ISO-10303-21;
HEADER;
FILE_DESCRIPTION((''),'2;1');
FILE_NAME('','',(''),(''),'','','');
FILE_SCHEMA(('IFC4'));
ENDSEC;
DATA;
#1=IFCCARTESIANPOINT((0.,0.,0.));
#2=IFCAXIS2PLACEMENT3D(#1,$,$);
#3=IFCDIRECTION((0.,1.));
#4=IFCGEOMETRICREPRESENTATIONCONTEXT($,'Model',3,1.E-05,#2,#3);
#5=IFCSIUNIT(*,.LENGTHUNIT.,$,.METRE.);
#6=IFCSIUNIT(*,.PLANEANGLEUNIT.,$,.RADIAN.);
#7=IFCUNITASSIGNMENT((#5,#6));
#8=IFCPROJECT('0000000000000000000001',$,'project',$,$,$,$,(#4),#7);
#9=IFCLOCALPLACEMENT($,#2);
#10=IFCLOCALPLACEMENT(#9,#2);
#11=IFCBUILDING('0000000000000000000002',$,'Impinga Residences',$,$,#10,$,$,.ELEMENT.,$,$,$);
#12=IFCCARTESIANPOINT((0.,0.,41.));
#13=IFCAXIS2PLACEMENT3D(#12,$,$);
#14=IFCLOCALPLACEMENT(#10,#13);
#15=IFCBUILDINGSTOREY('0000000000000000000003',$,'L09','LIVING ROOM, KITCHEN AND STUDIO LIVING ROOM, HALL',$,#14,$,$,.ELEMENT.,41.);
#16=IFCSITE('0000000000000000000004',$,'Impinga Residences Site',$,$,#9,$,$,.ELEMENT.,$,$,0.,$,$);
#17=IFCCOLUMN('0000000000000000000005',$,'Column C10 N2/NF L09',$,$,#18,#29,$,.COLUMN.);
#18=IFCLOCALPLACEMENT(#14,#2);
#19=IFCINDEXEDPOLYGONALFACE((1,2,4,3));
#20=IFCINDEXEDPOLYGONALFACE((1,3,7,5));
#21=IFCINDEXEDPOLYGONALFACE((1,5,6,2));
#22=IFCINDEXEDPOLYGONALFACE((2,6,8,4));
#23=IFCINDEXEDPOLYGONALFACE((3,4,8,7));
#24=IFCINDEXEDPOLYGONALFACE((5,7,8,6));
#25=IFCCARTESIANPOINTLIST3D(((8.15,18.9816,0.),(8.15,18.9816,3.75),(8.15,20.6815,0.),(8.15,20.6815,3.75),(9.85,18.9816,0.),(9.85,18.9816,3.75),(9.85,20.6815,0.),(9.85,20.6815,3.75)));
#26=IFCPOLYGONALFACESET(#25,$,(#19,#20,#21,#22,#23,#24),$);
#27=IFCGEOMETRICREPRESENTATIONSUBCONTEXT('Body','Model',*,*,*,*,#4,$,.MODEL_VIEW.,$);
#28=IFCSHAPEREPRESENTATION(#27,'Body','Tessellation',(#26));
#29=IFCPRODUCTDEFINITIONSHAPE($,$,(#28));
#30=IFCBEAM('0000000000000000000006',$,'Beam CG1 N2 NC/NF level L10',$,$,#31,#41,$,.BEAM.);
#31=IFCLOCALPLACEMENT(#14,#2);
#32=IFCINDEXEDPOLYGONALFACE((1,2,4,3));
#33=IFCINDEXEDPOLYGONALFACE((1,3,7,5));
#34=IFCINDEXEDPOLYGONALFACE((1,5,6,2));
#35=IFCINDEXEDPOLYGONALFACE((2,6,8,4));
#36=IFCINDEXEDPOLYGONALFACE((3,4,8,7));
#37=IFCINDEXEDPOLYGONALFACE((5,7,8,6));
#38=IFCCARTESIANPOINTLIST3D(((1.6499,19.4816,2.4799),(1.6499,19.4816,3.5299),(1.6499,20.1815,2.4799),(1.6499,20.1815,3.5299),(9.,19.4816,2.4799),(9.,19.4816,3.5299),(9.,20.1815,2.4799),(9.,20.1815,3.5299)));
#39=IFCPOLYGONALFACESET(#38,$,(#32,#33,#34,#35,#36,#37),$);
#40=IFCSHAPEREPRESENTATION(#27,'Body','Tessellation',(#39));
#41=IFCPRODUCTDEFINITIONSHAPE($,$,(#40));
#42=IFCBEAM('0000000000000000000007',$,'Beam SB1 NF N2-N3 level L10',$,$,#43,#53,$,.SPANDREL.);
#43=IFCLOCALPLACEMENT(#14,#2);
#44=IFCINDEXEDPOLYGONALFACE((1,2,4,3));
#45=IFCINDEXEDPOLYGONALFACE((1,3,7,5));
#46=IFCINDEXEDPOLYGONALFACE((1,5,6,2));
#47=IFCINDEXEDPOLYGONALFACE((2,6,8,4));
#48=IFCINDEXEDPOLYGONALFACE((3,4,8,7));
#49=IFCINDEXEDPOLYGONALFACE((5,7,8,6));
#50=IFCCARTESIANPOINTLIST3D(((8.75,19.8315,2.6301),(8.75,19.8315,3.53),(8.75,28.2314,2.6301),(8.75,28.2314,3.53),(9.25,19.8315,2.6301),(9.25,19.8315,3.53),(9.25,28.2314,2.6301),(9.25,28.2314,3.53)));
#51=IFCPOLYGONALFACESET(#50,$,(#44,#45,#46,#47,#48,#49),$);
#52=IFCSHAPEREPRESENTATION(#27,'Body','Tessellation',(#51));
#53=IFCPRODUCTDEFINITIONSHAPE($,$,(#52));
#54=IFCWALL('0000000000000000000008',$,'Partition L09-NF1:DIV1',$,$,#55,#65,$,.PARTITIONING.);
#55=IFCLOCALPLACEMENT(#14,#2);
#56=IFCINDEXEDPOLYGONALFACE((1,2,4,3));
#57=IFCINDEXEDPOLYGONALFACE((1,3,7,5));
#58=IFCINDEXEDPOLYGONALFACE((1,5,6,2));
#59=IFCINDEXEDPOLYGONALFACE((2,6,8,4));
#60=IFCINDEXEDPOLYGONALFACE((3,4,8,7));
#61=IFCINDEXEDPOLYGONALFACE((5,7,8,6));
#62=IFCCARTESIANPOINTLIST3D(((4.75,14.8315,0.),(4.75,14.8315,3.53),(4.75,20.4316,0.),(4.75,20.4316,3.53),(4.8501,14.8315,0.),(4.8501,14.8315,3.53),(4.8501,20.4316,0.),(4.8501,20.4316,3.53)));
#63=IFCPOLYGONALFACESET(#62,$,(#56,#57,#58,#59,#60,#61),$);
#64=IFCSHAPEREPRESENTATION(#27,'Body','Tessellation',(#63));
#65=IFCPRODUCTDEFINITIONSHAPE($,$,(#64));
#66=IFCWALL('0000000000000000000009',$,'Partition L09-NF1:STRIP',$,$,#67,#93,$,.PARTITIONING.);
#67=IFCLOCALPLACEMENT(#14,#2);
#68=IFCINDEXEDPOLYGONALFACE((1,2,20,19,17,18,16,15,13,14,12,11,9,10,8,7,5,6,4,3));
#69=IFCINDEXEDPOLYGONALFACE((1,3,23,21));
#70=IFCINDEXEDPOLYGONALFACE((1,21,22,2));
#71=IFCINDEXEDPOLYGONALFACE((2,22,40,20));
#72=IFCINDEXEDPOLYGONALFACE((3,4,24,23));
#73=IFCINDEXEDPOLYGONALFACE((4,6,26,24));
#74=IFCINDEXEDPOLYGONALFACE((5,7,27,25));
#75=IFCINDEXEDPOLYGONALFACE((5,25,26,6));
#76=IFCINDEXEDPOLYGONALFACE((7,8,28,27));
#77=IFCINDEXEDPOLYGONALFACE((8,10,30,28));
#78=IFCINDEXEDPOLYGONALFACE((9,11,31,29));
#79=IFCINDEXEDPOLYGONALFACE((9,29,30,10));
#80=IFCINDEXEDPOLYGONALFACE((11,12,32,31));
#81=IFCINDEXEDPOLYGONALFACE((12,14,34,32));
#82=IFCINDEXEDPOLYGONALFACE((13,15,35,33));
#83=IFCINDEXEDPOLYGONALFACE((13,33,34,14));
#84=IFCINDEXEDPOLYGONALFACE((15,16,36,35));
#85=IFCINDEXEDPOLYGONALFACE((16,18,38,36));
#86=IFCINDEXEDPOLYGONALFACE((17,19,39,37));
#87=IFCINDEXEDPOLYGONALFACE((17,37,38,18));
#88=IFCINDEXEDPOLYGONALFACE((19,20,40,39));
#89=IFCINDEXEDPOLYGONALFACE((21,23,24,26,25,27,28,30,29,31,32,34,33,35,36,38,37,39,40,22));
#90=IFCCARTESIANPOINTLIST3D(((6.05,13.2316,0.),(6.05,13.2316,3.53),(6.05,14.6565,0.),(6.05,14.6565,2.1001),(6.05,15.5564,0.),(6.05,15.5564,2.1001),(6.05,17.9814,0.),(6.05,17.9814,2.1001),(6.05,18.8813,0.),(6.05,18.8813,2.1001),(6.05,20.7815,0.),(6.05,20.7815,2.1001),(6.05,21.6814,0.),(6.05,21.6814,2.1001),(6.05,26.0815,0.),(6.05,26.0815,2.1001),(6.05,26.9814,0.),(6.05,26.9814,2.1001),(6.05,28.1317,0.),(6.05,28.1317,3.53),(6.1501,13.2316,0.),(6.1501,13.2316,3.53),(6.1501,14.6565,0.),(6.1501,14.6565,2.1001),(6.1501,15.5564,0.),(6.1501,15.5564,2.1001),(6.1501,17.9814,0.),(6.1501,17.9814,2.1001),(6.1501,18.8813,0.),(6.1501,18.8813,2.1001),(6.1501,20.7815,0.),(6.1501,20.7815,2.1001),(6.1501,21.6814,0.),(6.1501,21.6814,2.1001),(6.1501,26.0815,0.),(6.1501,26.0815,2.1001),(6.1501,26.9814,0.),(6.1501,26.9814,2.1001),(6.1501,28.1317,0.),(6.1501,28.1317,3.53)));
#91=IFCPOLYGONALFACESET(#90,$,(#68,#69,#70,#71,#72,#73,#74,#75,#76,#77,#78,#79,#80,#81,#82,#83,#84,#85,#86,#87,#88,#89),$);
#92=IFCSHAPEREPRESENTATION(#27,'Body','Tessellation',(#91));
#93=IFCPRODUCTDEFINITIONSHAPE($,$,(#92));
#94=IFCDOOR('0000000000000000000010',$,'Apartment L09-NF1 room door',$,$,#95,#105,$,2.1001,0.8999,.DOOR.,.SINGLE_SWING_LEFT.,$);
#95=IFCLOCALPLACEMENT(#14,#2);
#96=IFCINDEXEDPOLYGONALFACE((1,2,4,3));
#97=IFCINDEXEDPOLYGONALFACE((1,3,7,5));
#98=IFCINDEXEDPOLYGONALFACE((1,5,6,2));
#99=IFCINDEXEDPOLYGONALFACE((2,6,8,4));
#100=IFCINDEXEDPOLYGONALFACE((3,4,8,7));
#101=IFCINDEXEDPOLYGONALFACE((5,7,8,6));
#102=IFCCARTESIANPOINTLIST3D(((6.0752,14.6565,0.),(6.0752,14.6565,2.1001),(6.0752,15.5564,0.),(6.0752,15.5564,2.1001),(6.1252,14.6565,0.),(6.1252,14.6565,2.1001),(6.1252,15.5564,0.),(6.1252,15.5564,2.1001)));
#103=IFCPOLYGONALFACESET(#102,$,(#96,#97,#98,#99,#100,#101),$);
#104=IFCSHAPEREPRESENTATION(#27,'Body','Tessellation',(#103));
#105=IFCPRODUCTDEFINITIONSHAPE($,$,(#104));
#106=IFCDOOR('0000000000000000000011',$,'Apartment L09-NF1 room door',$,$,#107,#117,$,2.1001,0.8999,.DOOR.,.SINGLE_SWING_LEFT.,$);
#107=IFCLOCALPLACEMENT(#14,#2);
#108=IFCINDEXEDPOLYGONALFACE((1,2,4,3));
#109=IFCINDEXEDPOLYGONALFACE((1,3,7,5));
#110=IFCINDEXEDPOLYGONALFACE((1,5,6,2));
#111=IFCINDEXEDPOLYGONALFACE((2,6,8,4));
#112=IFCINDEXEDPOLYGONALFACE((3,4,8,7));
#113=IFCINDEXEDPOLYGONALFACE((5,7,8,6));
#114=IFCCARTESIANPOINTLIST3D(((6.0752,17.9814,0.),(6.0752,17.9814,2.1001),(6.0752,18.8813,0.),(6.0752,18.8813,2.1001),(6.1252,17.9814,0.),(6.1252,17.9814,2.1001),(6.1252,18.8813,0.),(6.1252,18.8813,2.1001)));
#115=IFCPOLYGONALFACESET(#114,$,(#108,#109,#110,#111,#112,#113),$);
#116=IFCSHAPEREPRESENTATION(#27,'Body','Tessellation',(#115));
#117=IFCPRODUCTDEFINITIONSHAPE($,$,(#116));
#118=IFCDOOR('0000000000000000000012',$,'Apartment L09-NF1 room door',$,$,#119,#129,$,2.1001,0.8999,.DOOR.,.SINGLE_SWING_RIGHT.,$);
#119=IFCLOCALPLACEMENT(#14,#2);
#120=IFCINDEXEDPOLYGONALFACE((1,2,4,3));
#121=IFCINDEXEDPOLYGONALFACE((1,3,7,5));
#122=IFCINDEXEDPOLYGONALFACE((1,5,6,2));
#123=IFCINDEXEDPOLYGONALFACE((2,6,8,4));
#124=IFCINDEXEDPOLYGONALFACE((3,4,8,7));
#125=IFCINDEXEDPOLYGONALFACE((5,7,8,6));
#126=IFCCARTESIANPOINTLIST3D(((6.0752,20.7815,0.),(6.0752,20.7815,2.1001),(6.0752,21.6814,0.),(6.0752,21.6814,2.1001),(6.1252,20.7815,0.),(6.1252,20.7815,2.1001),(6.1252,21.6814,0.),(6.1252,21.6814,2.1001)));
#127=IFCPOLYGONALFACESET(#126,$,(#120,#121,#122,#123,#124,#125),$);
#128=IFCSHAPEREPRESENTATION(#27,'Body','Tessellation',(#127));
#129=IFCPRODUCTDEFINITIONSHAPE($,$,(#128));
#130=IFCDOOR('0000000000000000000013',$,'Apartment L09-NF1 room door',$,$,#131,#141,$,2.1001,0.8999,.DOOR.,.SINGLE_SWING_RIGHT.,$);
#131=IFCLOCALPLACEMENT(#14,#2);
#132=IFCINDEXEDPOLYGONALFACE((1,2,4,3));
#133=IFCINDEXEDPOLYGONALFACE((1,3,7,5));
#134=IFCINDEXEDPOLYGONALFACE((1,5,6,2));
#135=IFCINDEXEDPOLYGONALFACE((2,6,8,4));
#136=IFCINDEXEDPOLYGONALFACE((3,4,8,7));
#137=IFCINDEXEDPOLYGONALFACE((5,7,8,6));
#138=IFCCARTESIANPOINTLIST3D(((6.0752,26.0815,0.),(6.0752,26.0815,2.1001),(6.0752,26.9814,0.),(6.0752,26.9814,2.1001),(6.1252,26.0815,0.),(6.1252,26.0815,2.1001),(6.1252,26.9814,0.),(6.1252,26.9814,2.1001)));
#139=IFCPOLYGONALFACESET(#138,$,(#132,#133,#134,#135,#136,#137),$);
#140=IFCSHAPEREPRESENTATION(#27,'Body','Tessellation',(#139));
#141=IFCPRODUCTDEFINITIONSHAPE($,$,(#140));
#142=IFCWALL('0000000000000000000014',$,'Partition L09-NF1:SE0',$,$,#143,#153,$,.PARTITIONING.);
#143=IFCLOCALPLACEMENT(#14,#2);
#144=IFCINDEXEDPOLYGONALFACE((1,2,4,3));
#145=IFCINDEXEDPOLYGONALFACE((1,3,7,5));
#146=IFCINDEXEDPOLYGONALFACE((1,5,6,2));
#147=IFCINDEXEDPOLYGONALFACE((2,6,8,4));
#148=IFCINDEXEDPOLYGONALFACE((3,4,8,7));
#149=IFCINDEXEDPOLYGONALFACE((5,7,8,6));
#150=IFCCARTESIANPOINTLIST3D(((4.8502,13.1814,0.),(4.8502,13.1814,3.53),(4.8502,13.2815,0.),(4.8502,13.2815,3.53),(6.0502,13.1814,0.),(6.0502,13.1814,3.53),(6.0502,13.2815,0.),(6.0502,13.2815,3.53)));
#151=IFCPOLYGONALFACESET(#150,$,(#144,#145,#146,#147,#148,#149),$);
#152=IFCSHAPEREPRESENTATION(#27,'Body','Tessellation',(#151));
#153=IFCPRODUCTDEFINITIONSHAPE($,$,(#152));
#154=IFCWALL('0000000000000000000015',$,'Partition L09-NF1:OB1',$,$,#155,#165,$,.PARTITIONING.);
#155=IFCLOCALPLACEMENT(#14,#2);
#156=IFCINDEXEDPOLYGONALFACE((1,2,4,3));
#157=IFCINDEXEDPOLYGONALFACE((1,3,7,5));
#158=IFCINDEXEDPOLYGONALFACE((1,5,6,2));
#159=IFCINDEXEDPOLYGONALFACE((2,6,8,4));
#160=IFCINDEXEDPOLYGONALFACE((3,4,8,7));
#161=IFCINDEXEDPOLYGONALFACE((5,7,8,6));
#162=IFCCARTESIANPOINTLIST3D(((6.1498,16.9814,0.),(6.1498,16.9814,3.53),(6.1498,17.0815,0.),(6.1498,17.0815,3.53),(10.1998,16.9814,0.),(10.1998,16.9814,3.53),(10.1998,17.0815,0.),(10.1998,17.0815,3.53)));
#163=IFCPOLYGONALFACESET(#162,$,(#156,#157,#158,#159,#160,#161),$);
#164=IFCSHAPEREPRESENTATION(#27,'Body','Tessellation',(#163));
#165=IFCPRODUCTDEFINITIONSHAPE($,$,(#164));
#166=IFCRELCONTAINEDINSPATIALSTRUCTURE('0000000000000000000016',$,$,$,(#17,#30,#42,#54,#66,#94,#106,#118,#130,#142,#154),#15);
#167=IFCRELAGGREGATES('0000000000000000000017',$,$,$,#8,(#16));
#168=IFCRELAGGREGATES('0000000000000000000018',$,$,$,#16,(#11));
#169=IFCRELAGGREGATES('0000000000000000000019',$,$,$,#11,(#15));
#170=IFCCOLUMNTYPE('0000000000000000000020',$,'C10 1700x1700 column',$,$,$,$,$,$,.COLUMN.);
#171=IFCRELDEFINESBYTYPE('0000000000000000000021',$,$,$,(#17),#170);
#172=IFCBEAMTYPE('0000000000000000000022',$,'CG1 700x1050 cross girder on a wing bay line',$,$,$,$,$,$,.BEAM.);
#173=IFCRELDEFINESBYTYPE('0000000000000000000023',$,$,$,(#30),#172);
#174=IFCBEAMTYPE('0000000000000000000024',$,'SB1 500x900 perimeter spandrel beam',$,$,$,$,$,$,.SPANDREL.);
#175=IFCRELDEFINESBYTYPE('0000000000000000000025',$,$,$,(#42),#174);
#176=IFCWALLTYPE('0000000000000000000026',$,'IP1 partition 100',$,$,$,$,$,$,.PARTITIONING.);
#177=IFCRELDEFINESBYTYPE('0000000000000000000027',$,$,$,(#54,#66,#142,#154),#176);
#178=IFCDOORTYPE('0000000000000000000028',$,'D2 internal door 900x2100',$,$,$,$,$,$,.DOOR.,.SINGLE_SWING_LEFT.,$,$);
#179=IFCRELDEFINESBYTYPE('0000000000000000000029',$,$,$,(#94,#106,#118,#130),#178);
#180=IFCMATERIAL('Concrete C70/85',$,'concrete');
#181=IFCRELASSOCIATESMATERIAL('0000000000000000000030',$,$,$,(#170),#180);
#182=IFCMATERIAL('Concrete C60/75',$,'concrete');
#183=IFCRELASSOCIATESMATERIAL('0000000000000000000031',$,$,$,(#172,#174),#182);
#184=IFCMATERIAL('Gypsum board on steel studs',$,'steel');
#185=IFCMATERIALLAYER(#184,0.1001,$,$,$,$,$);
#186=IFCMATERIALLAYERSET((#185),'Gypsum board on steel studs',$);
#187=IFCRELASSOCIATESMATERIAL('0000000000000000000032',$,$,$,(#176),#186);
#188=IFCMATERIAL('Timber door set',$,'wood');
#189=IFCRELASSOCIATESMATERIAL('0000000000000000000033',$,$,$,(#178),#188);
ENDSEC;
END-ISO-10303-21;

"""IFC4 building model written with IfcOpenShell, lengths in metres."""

from ifc_helpers import new_model, si_unit, direction, frame, frame_2d, origin, origin_2d, place, context, subcontext, project, spatial, rectangle, extrude, material, layer, layer_set, material_profile, profile_set, type_object, element, fill, save


model = new_model("IFC4")

# Units and contexts
model_context = context("Model", 3, precision=1e-05, world=origin(), true_north=direction((0.0, 1.0)))
body_context = subcontext(model_context, "Body", "Model", "MODEL_VIEW")
ifc_project = project(units=[si_unit("LENGTHUNIT", "METRE"), si_unit("PLANEANGLEUNIT", "RADIAN")], contexts=[model_context])

# Site, building, storey
site_placement = place(None, origin())
site = spatial("IfcSite", under=ifc_project, at=site_placement, Name="Impinga Residences Site", CompositionType="ELEMENT", RefElevation=0.0)
building_placement = place(site_placement, origin())
building = spatial("IfcBuilding", under=site, at=building_placement, Name="Impinga Residences", CompositionType="ELEMENT")
storey_placement = place(building_placement, frame((0.0, 0.0, 41.0)))
storey = spatial("IfcBuildingStorey", under=building, at=storey_placement, Name="L09", Description="LIVING ROOM, KITCHEN AND STUDIO LIVING ROOM, HALL", CompositionType="ELEMENT", Elevation=41.0)

# Column
ifc_material_1 = material(Name="Concrete C70/85", Category="concrete")
ifc_material_profile_1 = material_profile(ifc_material_1, rectangle(XDim=1.7, YDim=1.7, at=origin_2d()), Name="RC 1700x1700")
ifc_profile_set_1 = profile_set([ifc_material_profile_1], Name="Concrete C70/85")
column_type = type_object("IfcColumnType", Name="C10 1700x1700 column", PredefinedType="COLUMN", material=ifc_profile_set_1)
column_placement = place(storey_placement, frame((9.0, 19.8315, 0.0), z_axis=(0.0, 0.0, 1.0), x_axis=(1.0, 0.0, 0.0)))
element("IfcColumn", 1, at=column_placement, inside=storey, type_object=column_type, Name="Column C10 N2/NF L09", PredefinedType="COLUMN", context=body_context, shape_type="SweptSolid", body=[
    extrude(rectangle(XDim=1.7, YDim=1.7, at=origin_2d()), origin(), (0.0, 0.0, 1.0), 3.75),
])

# Beams
ifc_material_2 = material(Name="Concrete C60/75", Category="concrete")
ifc_material_profile_2 = material_profile(ifc_material_2, rectangle(XDim=0.7, YDim=1.05, at=origin_2d()), Name="RC 700x1050")
ifc_profile_set_2 = profile_set([ifc_material_profile_2], Name="Concrete C60/75")
beam_type_1 = type_object("IfcBeamType", Name="CG1 700x1050 cross girder on a wing bay line", PredefinedType="BEAM", material=ifc_profile_set_2)
beam_1_placement = place(storey_placement, frame((1.6499, 19.8315, 3.0049), z_axis=(1.0, 0.0, 0.0), x_axis=(0.0, 1.0, 0.0)))
element("IfcBeam", 2, at=beam_1_placement, inside=storey, type_object=beam_type_1, Name="Beam CG1 N2 NC/NF level L10", PredefinedType="BEAM", context=body_context, shape_type="SweptSolid", body=[
    extrude(rectangle(XDim=0.7, YDim=1.05, at=origin_2d()), origin(), (0.0, 0.0, 1.0), 7.3501),
])
ifc_material_profile_3 = material_profile(ifc_material_2, rectangle(XDim=0.5, YDim=0.8999, at=origin_2d()), Name="RC 500x900")
ifc_profile_set_3 = profile_set([ifc_material_profile_3], Name="Concrete C60/75")
beam_type_2 = type_object("IfcBeamType", Name="SB1 500x900 perimeter spandrel beam", PredefinedType="SPANDREL", material=ifc_profile_set_3)
beam_2_placement = place(storey_placement, frame((9.0, 19.8315, 3.0801), z_axis=(0.0, 1.0, 0.0), x_axis=(-1.0, 0.0, 0.0)))
element("IfcBeam", 3, at=beam_2_placement, inside=storey, type_object=beam_type_2, Name="Beam SB1 NF N2-N3 level L10", PredefinedType="SPANDREL", context=body_context, shape_type="SweptSolid", body=[
    extrude(rectangle(XDim=0.5, YDim=0.8999, at=origin_2d()), origin(), (0.0, 0.0, 1.0), 8.3999),
])

# Wall
ifc_material_3 = material(Name="Gypsum board on steel studs", Category="steel")
ifc_layer_1 = layer(ifc_material_3, 0.1001)
ifc_layer_set_1 = layer_set([ifc_layer_1], Name="Gypsum board on steel studs")
wall_type_1 = type_object("IfcWallType", Name="IP1 partition 100", PredefinedType="PARTITIONING", material=ifc_layer_set_1)
wall_1_placement = place(storey_placement, frame((4.8, 14.8315, 0.0), z_axis=(0.0, 0.0, 1.0), x_axis=(0.0, 1.0, 0.0)))
element("IfcWall", 4, at=wall_1_placement, inside=storey, type_object=wall_type_1, Name="Partition L09-NF1:DIV1", PredefinedType="PARTITIONING", context=body_context, shape_type="SweptSolid", body=[
    extrude(rectangle(XDim=5.6001, YDim=0.1001, at=frame_2d((2.8, 0.0))), origin(), (0.0, 0.0, 1.0), 3.53),
])

# Wall, openings, doors
wall_2_placement = place(storey_placement, frame((6.1001, 13.2314, 0.0), z_axis=(0.0, 0.0, 1.0), x_axis=(0.0, 1.0, 0.0)))
wall_2 = element("IfcWall", 5, at=wall_2_placement, inside=storey, type_object=wall_type_1, Name="Partition L09-NF1:STRIP", PredefinedType="PARTITIONING", context=body_context, shape_type="SweptSolid", body=[
    extrude(rectangle(XDim=14.9001, YDim=0.1001, at=frame_2d((7.4502, 0.0))), origin(), (0.0, 0.0, 1.0), 3.53),
])
opening_1_placement = place(wall_2_placement, frame((1.425, 0.0, 0.0)))
opening_1 = element("IfcOpeningElement", 6, at=opening_1_placement, cuts=wall_2, PredefinedType="OPENING", context=body_context, shape_type="SweptSolid", body=[
    extrude(rectangle(XDim=0.8999, YDim=2.1001, at=frame_2d((0.45, 1.05))), frame((0.0, 0.0601, 0.0), z_axis=(0.0, -1.0, 0.0), x_axis=(1.0, 0.0, 0.0)), (0.0, 0.0, 1.0), 0.1201),
])
opening_2_placement = place(wall_2_placement, frame((4.75, 0.0, 0.0)))
opening_2 = element("IfcOpeningElement", 7, at=opening_2_placement, cuts=wall_2, PredefinedType="OPENING", context=body_context, shape_type="SweptSolid", body=[
    extrude(rectangle(XDim=0.8999, YDim=2.1001, at=frame_2d((0.45, 1.05))), frame((0.0, 0.0601, 0.0), z_axis=(0.0, -1.0, 0.0), x_axis=(1.0, 0.0, 0.0)), (0.0, 0.0, 1.0), 0.1201),
])
opening_3_placement = place(wall_2_placement, frame((7.55, 0.0, 0.0)))
opening_3 = element("IfcOpeningElement", 8, at=opening_3_placement, cuts=wall_2, PredefinedType="OPENING", context=body_context, shape_type="SweptSolid", body=[
    extrude(rectangle(XDim=0.8999, YDim=2.1001, at=frame_2d((0.45, 1.05))), frame((0.0, 0.0601, 0.0), z_axis=(0.0, -1.0, 0.0), x_axis=(1.0, 0.0, 0.0)), (0.0, 0.0, 1.0), 0.1201),
])
opening_4_placement = place(wall_2_placement, frame((12.8501, 0.0, 0.0)))
opening_4 = element("IfcOpeningElement", 9, at=opening_4_placement, cuts=wall_2, PredefinedType="OPENING", context=body_context, shape_type="SweptSolid", body=[
    extrude(rectangle(XDim=0.8999, YDim=2.1001, at=frame_2d((0.45, 1.05))), frame((0.0, 0.0601, 0.0), z_axis=(0.0, -1.0, 0.0), x_axis=(1.0, 0.0, 0.0)), (0.0, 0.0, 1.0), 0.1201),
])
ifc_material_4 = material(Name="Timber door set", Category="wood")
door_type = type_object("IfcDoorType", Name="D2 internal door 900x2100", OperationType="SINGLE_SWING_LEFT", PredefinedType="DOOR", material=ifc_material_4)
door_1_placement = place(opening_1_placement, origin())
door_1 = element("IfcDoor", 10, at=door_1_placement, inside=storey, type_object=door_type, Name="Apartment L09-NF1 room door", OperationType="SINGLE_SWING_LEFT", OverallHeight=2.1001, OverallWidth=0.8999, PredefinedType="DOOR", context=body_context, shape_type="SweptSolid", body=[
    extrude(rectangle(XDim=0.8999, YDim=2.1001, at=frame_2d((0.45, 1.05))), frame((0.0, 0.0249, 0.0), z_axis=(0.0, -1.0, 0.0), x_axis=(1.0, 0.0, 0.0)), (0.0, 0.0, 1.0), 0.05),
])
fill(opening_1, door_1)
door_2_placement = place(opening_2_placement, origin())
door_2 = element("IfcDoor", 11, at=door_2_placement, inside=storey, type_object=door_type, Name="Apartment L09-NF1 room door", OperationType="SINGLE_SWING_LEFT", OverallHeight=2.1001, OverallWidth=0.8999, PredefinedType="DOOR", context=body_context, shape_type="SweptSolid", body=[
    extrude(rectangle(XDim=0.8999, YDim=2.1001, at=frame_2d((0.45, 1.05))), frame((0.0, 0.0249, 0.0), z_axis=(0.0, -1.0, 0.0), x_axis=(1.0, 0.0, 0.0)), (0.0, 0.0, 1.0), 0.05),
])
fill(opening_2, door_2)
door_3_placement = place(opening_3_placement, origin())
door_3 = element("IfcDoor", 12, at=door_3_placement, inside=storey, type_object=door_type, Name="Apartment L09-NF1 room door", OperationType="SINGLE_SWING_RIGHT", OverallHeight=2.1001, OverallWidth=0.8999, PredefinedType="DOOR", context=body_context, shape_type="SweptSolid", body=[
    extrude(rectangle(XDim=0.8999, YDim=2.1001, at=frame_2d((0.45, 1.05))), frame((0.0, 0.0249, 0.0), z_axis=(0.0, -1.0, 0.0), x_axis=(1.0, 0.0, 0.0)), (0.0, 0.0, 1.0), 0.05),
])
fill(opening_3, door_3)
door_4_placement = place(opening_4_placement, origin())
door_4 = element("IfcDoor", 13, at=door_4_placement, inside=storey, type_object=door_type, Name="Apartment L09-NF1 room door", OperationType="SINGLE_SWING_RIGHT", OverallHeight=2.1001, OverallWidth=0.8999, PredefinedType="DOOR", context=body_context, shape_type="SweptSolid", body=[
    extrude(rectangle(XDim=0.8999, YDim=2.1001, at=frame_2d((0.45, 1.05))), frame((0.0, 0.0249, 0.0), z_axis=(0.0, -1.0, 0.0), x_axis=(1.0, 0.0, 0.0)), (0.0, 0.0, 1.0), 0.05),
])
fill(opening_4, door_4)

# Walls
wall_3_placement = place(storey_placement, frame((4.8501, 13.2314, 0.0), z_axis=(0.0, 0.0, 1.0), x_axis=(1.0, 0.0, 0.0)))
element("IfcWall", 14, at=wall_3_placement, inside=storey, type_object=wall_type_1, Name="Partition L09-NF1:SE0", PredefinedType="PARTITIONING", context=body_context, shape_type="SweptSolid", body=[
    extrude(rectangle(XDim=1.2, YDim=0.1001, at=frame_2d((0.6001, 0.0))), origin(), (0.0, 0.0, 1.0), 3.53),
])
wall_4_placement = place(storey_placement, frame((6.1499, 17.0315, 0.0), z_axis=(0.0, 0.0, 1.0), x_axis=(1.0, 0.0, 0.0)))
element("IfcWall", 15, at=wall_4_placement, inside=storey, type_object=wall_type_1, Name="Partition L09-NF1:OB1", PredefinedType="PARTITIONING", context=body_context, shape_type="SweptSolid", body=[
    extrude(rectangle(XDim=4.05, YDim=0.1001, at=frame_2d((2.0249, 0.0))), origin(), (0.0, 0.0, 1.0), 3.53),
])

save(model, "model.ifc")
